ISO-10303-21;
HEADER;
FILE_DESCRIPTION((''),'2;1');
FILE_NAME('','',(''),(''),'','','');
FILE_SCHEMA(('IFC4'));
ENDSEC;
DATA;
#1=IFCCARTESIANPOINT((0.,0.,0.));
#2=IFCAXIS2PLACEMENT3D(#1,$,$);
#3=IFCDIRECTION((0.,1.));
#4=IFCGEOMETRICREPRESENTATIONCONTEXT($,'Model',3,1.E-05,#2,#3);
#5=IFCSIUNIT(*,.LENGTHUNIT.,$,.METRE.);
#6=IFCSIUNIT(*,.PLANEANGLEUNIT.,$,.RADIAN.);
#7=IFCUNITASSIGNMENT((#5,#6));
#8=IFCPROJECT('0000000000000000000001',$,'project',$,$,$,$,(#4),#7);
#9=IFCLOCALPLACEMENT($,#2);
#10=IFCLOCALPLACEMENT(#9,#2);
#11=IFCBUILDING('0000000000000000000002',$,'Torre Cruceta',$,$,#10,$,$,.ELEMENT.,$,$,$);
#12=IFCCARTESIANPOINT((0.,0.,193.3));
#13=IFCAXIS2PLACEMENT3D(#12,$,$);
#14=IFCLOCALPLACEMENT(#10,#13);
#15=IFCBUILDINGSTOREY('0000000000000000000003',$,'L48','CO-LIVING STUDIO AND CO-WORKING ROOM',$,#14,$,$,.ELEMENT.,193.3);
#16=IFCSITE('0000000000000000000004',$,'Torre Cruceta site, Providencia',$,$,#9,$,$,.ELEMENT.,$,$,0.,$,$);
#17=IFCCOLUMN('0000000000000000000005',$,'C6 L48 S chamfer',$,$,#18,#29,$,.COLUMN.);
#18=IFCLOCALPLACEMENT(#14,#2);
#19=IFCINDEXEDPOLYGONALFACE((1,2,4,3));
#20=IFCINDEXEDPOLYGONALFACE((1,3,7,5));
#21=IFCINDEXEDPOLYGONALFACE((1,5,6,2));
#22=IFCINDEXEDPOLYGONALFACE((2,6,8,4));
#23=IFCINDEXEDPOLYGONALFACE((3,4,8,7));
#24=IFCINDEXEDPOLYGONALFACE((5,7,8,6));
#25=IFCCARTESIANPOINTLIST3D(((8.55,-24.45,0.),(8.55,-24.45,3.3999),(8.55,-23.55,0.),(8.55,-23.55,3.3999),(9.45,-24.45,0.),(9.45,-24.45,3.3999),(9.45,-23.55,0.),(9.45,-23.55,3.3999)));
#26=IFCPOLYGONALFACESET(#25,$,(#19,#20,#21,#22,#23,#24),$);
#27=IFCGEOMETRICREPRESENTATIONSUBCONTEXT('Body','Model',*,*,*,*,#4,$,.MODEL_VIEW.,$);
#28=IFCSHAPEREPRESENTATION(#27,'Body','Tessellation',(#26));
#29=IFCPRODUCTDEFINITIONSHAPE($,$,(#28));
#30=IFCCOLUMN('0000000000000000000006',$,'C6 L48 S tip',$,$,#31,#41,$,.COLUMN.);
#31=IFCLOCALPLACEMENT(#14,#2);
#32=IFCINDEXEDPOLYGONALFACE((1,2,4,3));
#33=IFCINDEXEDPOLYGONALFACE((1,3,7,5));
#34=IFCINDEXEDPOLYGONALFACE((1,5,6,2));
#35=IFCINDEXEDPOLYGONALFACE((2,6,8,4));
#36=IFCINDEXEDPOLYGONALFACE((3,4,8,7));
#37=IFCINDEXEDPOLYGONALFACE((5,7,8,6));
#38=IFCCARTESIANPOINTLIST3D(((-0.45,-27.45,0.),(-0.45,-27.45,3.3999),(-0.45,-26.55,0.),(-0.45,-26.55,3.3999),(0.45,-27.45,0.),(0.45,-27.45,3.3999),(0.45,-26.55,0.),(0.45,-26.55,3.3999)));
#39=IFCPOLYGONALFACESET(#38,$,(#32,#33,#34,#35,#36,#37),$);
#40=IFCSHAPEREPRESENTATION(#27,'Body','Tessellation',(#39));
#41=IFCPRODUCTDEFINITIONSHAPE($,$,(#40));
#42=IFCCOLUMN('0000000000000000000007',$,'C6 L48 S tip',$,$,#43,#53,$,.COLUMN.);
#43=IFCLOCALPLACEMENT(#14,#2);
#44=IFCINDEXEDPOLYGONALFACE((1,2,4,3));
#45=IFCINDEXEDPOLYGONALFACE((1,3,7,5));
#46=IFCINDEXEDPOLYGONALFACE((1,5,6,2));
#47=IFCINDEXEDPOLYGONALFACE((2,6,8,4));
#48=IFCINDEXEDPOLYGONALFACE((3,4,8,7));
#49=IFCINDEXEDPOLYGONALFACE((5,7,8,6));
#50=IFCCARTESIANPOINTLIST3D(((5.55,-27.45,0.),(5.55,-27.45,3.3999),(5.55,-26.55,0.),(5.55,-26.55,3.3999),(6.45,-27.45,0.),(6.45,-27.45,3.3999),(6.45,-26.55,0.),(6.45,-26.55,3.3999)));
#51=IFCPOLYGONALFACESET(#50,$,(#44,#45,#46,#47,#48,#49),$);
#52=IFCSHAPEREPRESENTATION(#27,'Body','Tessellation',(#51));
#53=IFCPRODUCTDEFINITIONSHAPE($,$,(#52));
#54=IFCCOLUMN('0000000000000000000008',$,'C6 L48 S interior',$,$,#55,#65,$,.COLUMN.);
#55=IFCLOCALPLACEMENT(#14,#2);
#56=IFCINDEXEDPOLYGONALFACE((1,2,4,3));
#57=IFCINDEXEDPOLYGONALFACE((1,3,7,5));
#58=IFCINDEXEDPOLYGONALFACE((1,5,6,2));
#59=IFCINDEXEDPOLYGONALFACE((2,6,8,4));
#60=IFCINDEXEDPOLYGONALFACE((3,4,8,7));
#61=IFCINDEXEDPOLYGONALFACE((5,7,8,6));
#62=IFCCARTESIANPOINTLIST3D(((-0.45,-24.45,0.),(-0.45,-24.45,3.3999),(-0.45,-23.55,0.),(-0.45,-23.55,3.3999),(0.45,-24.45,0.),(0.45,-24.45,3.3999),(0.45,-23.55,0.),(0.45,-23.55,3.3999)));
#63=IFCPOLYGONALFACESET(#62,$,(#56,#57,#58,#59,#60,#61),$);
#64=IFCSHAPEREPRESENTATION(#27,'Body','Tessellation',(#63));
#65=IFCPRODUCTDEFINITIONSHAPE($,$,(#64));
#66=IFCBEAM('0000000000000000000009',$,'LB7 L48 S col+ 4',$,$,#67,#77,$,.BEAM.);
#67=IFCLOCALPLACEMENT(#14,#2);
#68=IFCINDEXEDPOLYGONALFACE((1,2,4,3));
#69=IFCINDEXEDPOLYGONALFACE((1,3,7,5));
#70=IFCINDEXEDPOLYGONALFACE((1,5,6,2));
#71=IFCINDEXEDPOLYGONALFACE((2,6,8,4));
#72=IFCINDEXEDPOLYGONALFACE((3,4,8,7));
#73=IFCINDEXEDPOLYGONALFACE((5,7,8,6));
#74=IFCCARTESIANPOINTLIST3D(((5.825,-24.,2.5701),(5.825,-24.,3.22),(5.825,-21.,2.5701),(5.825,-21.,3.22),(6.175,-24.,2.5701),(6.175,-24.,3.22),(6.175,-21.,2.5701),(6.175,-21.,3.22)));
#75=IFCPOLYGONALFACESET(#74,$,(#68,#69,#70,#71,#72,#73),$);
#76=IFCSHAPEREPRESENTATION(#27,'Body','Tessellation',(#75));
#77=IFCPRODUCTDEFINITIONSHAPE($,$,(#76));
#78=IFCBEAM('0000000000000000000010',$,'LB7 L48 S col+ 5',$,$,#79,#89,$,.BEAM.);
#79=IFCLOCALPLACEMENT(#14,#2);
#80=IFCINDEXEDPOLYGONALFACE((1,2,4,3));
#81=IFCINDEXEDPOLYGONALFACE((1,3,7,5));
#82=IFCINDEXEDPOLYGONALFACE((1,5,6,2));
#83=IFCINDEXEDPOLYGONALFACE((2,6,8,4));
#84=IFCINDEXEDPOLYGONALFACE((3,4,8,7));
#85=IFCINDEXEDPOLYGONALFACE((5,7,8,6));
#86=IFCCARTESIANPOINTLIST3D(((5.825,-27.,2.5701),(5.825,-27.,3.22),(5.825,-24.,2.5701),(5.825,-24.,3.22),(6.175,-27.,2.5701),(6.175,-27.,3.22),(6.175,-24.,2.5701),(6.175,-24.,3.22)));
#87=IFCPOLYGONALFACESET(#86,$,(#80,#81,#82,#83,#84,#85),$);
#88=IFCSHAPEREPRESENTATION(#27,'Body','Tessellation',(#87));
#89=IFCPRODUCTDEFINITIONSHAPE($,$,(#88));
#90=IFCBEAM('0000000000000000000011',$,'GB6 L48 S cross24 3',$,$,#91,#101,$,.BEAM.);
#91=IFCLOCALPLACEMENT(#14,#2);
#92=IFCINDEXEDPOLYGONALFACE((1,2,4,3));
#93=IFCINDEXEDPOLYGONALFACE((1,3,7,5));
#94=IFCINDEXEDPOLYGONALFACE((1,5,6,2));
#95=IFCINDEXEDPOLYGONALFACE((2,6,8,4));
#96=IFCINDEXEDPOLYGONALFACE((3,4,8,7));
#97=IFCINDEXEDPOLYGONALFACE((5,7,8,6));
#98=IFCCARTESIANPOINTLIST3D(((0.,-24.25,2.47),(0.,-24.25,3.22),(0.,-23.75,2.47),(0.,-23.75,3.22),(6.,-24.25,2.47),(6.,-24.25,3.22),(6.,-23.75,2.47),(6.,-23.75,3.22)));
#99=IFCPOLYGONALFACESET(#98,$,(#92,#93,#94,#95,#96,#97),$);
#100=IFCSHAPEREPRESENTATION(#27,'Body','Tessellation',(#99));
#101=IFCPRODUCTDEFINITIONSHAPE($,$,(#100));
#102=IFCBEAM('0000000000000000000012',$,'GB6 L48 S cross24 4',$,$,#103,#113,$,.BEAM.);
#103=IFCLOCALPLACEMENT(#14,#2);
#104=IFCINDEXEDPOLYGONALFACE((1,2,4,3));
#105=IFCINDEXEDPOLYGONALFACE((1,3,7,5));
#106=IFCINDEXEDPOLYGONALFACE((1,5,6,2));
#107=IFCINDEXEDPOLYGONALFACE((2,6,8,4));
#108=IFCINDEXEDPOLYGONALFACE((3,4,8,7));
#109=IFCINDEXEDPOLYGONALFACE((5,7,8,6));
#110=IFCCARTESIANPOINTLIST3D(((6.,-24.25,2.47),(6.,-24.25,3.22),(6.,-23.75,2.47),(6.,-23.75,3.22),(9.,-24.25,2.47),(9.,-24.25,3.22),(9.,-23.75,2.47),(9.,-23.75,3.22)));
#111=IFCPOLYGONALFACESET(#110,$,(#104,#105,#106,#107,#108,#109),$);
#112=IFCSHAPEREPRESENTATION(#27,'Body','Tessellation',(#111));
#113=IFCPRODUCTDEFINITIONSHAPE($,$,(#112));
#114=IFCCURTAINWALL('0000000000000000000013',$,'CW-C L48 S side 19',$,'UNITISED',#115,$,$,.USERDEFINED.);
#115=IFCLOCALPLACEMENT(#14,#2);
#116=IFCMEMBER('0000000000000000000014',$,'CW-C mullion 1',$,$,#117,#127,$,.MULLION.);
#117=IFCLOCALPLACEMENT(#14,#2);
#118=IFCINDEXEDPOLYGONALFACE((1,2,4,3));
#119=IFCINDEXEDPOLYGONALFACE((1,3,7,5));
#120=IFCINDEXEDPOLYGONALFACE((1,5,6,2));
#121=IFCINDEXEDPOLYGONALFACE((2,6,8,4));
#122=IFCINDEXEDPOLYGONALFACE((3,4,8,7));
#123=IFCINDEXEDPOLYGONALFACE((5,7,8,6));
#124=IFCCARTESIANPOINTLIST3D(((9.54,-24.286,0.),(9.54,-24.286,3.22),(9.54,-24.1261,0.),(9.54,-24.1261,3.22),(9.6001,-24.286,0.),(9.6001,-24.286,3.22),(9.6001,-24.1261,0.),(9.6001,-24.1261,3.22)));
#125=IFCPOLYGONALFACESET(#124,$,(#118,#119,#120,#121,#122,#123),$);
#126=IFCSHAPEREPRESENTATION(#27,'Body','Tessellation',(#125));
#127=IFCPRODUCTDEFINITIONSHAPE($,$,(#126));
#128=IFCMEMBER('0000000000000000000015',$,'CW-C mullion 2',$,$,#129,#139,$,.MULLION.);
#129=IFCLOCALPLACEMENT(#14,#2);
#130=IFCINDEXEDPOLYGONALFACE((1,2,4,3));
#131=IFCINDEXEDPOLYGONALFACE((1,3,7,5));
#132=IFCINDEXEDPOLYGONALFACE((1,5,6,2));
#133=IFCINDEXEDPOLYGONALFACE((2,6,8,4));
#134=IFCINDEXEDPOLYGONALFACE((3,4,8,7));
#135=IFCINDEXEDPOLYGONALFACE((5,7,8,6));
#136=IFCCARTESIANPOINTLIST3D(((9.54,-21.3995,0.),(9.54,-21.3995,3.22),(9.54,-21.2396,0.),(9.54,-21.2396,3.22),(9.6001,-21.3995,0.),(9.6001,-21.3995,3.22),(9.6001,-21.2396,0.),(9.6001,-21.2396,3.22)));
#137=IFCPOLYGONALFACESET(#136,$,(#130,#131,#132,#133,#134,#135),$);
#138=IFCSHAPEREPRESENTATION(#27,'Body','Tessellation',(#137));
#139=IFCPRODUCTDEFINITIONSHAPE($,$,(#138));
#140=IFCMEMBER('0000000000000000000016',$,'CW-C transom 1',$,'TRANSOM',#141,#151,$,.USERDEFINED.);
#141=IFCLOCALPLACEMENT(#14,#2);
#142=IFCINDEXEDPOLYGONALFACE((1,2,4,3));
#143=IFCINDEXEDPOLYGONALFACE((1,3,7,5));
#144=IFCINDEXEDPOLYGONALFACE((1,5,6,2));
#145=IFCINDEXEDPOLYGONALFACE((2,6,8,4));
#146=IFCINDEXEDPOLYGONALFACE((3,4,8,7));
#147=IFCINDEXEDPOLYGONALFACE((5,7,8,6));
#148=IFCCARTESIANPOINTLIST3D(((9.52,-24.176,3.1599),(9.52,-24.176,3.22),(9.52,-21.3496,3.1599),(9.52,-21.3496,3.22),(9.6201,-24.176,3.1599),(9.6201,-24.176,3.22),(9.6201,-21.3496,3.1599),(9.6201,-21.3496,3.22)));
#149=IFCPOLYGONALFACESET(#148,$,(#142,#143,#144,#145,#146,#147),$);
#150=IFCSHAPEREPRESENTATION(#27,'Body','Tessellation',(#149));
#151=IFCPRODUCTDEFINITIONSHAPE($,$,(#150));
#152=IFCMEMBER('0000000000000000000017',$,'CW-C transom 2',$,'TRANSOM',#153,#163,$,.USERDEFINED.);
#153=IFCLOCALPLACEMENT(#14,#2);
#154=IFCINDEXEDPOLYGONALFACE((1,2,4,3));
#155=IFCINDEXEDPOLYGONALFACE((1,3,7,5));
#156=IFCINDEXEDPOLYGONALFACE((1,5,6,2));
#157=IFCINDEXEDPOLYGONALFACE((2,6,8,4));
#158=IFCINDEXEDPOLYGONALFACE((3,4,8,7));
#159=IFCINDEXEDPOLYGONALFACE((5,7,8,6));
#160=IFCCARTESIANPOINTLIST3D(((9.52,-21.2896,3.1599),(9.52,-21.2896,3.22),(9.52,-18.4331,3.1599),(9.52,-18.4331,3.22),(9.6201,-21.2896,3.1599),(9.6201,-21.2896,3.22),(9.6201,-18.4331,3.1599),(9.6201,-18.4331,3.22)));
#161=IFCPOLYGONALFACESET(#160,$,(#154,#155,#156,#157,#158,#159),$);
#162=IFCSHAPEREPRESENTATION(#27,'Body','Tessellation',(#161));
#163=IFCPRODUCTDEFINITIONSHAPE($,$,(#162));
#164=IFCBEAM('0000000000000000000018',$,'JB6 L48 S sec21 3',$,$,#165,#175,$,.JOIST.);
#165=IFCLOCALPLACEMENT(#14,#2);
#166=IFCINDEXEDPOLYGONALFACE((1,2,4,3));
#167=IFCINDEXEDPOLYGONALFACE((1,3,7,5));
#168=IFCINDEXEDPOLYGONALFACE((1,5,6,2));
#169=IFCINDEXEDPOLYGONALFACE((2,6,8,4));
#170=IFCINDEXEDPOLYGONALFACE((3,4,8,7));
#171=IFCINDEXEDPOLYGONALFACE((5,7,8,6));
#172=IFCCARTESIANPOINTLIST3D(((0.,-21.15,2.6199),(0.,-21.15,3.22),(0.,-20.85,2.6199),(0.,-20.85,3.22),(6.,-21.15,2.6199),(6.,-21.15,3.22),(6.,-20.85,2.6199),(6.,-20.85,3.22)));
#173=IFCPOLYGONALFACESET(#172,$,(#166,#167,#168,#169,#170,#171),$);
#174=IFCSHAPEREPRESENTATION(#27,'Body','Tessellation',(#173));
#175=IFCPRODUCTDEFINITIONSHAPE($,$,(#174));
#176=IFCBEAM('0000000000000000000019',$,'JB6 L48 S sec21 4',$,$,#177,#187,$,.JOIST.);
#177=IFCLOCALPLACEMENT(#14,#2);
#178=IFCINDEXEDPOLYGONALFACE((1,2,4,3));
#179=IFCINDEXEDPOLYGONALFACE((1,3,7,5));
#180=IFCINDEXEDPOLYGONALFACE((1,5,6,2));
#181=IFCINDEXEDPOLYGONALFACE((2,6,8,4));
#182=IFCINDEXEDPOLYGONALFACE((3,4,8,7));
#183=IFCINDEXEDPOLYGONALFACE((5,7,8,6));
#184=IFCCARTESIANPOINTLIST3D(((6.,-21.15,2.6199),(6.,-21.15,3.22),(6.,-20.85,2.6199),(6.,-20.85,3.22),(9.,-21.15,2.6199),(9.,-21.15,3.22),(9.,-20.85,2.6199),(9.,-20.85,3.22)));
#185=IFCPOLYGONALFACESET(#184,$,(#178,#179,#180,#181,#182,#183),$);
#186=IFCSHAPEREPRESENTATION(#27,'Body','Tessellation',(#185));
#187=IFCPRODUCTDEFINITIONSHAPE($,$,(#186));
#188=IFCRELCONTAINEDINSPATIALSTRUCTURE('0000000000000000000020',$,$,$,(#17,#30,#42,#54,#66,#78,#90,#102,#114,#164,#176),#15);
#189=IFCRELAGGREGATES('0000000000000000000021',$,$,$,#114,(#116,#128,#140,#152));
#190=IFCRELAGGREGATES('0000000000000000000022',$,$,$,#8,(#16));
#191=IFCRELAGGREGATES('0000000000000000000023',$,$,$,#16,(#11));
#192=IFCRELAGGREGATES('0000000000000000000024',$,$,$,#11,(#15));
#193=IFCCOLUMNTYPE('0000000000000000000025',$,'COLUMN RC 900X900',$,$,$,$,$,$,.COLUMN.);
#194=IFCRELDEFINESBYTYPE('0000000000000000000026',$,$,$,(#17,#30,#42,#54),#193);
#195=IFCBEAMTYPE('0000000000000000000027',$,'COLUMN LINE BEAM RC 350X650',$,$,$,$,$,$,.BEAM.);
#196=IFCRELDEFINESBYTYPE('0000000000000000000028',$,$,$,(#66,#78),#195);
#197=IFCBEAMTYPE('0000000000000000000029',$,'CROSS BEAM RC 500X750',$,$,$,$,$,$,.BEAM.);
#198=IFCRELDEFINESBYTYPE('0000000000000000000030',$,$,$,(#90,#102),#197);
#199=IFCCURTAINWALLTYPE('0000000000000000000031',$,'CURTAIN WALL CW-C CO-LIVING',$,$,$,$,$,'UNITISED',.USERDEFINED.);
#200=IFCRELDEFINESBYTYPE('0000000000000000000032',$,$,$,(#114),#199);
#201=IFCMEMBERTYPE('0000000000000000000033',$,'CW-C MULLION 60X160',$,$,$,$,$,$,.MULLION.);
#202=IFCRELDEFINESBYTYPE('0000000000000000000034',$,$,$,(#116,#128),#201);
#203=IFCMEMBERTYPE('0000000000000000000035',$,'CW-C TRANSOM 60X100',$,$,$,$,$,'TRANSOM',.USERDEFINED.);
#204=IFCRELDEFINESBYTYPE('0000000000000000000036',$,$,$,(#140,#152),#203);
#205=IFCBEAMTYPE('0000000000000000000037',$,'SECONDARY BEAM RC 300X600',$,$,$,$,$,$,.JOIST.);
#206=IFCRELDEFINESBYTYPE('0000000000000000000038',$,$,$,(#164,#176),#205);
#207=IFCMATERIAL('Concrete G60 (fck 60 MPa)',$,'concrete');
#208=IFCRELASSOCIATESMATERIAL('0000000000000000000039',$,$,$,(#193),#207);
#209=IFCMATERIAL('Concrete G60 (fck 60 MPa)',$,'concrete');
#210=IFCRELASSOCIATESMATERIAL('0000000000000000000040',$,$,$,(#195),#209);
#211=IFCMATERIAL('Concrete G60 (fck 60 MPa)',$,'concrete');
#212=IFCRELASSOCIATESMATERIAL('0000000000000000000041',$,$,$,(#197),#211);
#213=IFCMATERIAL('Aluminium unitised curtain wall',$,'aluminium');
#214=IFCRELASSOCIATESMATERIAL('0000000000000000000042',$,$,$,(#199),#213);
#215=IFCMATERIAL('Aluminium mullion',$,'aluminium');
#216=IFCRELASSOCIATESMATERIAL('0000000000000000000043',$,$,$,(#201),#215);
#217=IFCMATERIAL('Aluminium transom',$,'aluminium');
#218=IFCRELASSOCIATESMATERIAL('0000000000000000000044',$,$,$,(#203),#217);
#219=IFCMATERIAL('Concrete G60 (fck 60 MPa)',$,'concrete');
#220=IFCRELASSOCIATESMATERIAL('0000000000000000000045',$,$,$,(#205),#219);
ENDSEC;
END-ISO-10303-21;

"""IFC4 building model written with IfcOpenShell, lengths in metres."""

from ifc_helpers import new_model, si_unit, direction, frame, origin, origin_2d, place, context, subcontext, project, spatial, rectangle, extrude, material, material_profile, profile_set, type_object, element, aggregate, save


model = new_model("IFC4")

# Units and contexts
model_context = context("Model", 3, precision=1e-05, world=origin(), true_north=direction((0.0, 1.0)))
body_context = subcontext(model_context, "Body", "Model", "MODEL_VIEW")
ifc_project = project(units=[si_unit("LENGTHUNIT", "METRE"), si_unit("PLANEANGLEUNIT", "RADIAN")], contexts=[model_context])

# Site, building, storey
site_placement = place(None, origin())
site = spatial("IfcSite", under=ifc_project, at=site_placement, Name="Torre Cruceta site, Providencia", CompositionType="ELEMENT", RefElevation=0.0)
building_placement = place(site_placement, origin())
building = spatial("IfcBuilding", under=site, at=building_placement, Name="Torre Cruceta", CompositionType="ELEMENT")
storey_placement = place(building_placement, frame((0.0, 0.0, 193.3)))
storey = spatial("IfcBuildingStorey", under=building, at=storey_placement, Name="L48", Description="CO-LIVING STUDIO AND CO-WORKING ROOM", CompositionType="ELEMENT", Elevation=193.3)

# Columns
ifc_material_1 = material(Name="Concrete G60 (fck 60 MPa)", Category="concrete")
ifc_material_profile_1 = material_profile(ifc_material_1, rectangle(XDim=0.8999, YDim=0.8999, at=origin_2d()), Name="RC 900X900")
ifc_profile_set_1 = profile_set([ifc_material_profile_1], Name="Concrete G60 (fck 60 MPa)")
column_type = type_object("IfcColumnType", Name="COLUMN RC 900X900", PredefinedType="COLUMN", material=ifc_profile_set_1)
for number, where, z_axis, x_axis, name in (
    (1, (9.0, -24.0, 0.0), (0.0, 0.0, 1.0), (1.0, 0.0, 0.0), "C6 L48 S chamfer"),
    (2, (0.0, -27.0, 0.0), (0.0, 0.0, 1.0), (1.0, 0.0, 0.0), "C6 L48 S tip"),
    (3, (6.0, -27.0, 0.0), (0.0, 0.0, 1.0), (1.0, 0.0, 0.0), "C6 L48 S tip"),
    (4, (0.0, -24.0, 0.0), (0.0, 0.0, 1.0), (1.0, 0.0, 0.0), "C6 L48 S interior"),
):
    element("IfcColumn", number, at=place(storey_placement, frame(where, z_axis=z_axis, x_axis=x_axis)), inside=storey, type_object=column_type, Name=name, PredefinedType="COLUMN", context=body_context, shape_type="SweptSolid", body=[
        extrude(rectangle(XDim=0.8999, YDim=0.8999, at=origin_2d()), origin(), (0.0, 0.0, 1.0), 3.3999),
    ])

# Beams
ifc_material_2 = material(Name="Concrete G60 (fck 60 MPa)", Category="concrete")
ifc_material_profile_2 = material_profile(ifc_material_2, rectangle(XDim=0.3501, YDim=0.6499, at=origin_2d()), Name="RC 350X650")
ifc_profile_set_2 = profile_set([ifc_material_profile_2], Name="Concrete G60 (fck 60 MPa)")
beam_type_1 = type_object("IfcBeamType", Name="COLUMN LINE BEAM RC 350X650", PredefinedType="BEAM", material=ifc_profile_set_2)
for number, where, z_axis, x_axis, name in (
    (5, (6.0, -21.0, 2.895), (0.0, -1.0, 0.0), (1.0, 0.0, 0.0), "LB7 L48 S col+ 4"),
    (6, (6.0, -24.0, 2.895), (0.0, -1.0, 0.0), (1.0, 0.0, 0.0), "LB7 L48 S col+ 5"),
):
    element("IfcBeam", number, at=place(storey_placement, frame(where, z_axis=z_axis, x_axis=x_axis)), inside=storey, type_object=beam_type_1, Name=name, PredefinedType="BEAM", context=body_context, shape_type="SweptSolid", body=[
        extrude(rectangle(XDim=0.3501, YDim=0.6499, at=origin_2d()), origin(), (0.0, 0.0, 1.0), 3.0),
    ])
ifc_material_3 = material(Name="Concrete G60 (fck 60 MPa)", Category="concrete")
ifc_material_profile_3 = material_profile(ifc_material_3, rectangle(XDim=0.5, YDim=0.75, at=origin_2d()), Name="RC 500X750")
ifc_profile_set_3 = profile_set([ifc_material_profile_3], Name="Concrete G60 (fck 60 MPa)")
beam_type_2 = type_object("IfcBeamType", Name="CROSS BEAM RC 500X750", PredefinedType="BEAM", material=ifc_profile_set_3)
beam_1_placement = place(storey_placement, frame((0.0, -24.0, 2.845), z_axis=(1.0, 0.0, 0.0), x_axis=(0.0, 1.0, 0.0)))
element("IfcBeam", 7, at=beam_1_placement, inside=storey, type_object=beam_type_2, Name="GB6 L48 S cross24 3", PredefinedType="BEAM", context=body_context, shape_type="SweptSolid", body=[
    extrude(rectangle(XDim=0.5, YDim=0.75, at=origin_2d()), origin(), (0.0, 0.0, 1.0), 6.0),
])
beam_2_placement = place(storey_placement, frame((6.0, -24.0, 2.845), z_axis=(1.0, 0.0, 0.0), x_axis=(0.0, 1.0, 0.0)))
element("IfcBeam", 8, at=beam_2_placement, inside=storey, type_object=beam_type_2, Name="GB6 L48 S cross24 4", PredefinedType="BEAM", context=body_context, shape_type="SweptSolid", body=[
    extrude(rectangle(XDim=0.5, YDim=0.75, at=origin_2d()), origin(), (0.0, 0.0, 1.0), 3.0),
])

# Curtain wall, members
ifc_material_4 = material(Name="Aluminium unitised curtain wall", Category="aluminium")
curtain_wall_type = type_object("IfcCurtainWallType", Name="CURTAIN WALL CW-C CO-LIVING", ElementType="UNITISED", PredefinedType="USERDEFINED", material=ifc_material_4)
curtain_wall_placement = place(storey_placement, origin())
curtain_wall = element("IfcCurtainWall", 9, at=curtain_wall_placement, inside=storey, type_object=curtain_wall_type, Name="CW-C L48 S side 19", ObjectType="UNITISED", PredefinedType="USERDEFINED")
ifc_material_5 = material(Name="Aluminium mullion", Category="aluminium")
ifc_material_profile_4 = material_profile(ifc_material_5, rectangle(XDim=0.0601, YDim=0.1599, at=origin_2d()), Name="AL 60X160")
ifc_profile_set_4 = profile_set([ifc_material_profile_4], Name="Aluminium mullion")
member_type_1 = type_object("IfcMemberType", Name="CW-C MULLION 60X160", PredefinedType="MULLION", material=ifc_profile_set_4)
member_1_placement = place(storey_placement, frame((9.5701, -24.2061, 0.0), z_axis=(0.0, 0.0, 1.0), x_axis=(-1.0, 0.0, 0.0)))
member_1 = element("IfcMember", 10, at=member_1_placement, type_object=member_type_1, Name="CW-C mullion 1", PredefinedType="MULLION", context=body_context, shape_type="SweptSolid", body=[
    extrude(rectangle(XDim=0.0601, YDim=0.1599, at=origin_2d()), origin(), (0.0, 0.0, 1.0), 3.22),
])
member_2_placement = place(storey_placement, frame((9.5701, -21.3196, 0.0), z_axis=(0.0, 0.0, 1.0), x_axis=(-1.0, 0.0, 0.0)))
member_2 = element("IfcMember", 11, at=member_2_placement, type_object=member_type_1, Name="CW-C mullion 2", PredefinedType="MULLION", context=body_context, shape_type="SweptSolid", body=[
    extrude(rectangle(XDim=0.0601, YDim=0.1599, at=origin_2d()), origin(), (0.0, 0.0, 1.0), 3.22),
])
ifc_material_6 = material(Name="Aluminium transom", Category="aluminium")
ifc_material_profile_5 = material_profile(ifc_material_6, rectangle(XDim=0.1001, YDim=0.0601, at=origin_2d()), Name="AL 100X60")
ifc_profile_set_5 = profile_set([ifc_material_profile_5], Name="Aluminium transom")
member_type_2 = type_object("IfcMemberType", Name="CW-C TRANSOM 60X100", ElementType="TRANSOM", PredefinedType="USERDEFINED", material=ifc_profile_set_5)
member_3_placement = place(storey_placement, frame((9.5701, -24.176, 3.1899), z_axis=(0.0, 1.0, 0.0), x_axis=(-1.0, 0.0, 0.0)))
member_3 = element("IfcMember", 12, at=member_3_placement, type_object=member_type_2, Name="CW-C transom 1", ObjectType="TRANSOM", PredefinedType="USERDEFINED", context=body_context, shape_type="SweptSolid", body=[
    extrude(rectangle(XDim=0.1001, YDim=0.0601, at=origin_2d()), origin(), (0.0, 0.0, 1.0), 2.8264),
])
member_4_placement = place(storey_placement, frame((9.5701, -21.2896, 3.1899), z_axis=(0.0, 1.0, 0.0), x_axis=(-1.0, 0.0, 0.0)))
member_4 = element("IfcMember", 13, at=member_4_placement, type_object=member_type_2, Name="CW-C transom 2", ObjectType="TRANSOM", PredefinedType="USERDEFINED", context=body_context, shape_type="SweptSolid", body=[
    extrude(rectangle(XDim=0.1001, YDim=0.0601, at=origin_2d()), origin(), (0.0, 0.0, 1.0), 2.8564),
])

# Beams
ifc_material_7 = material(Name="Concrete G60 (fck 60 MPa)", Category="concrete")
ifc_material_profile_6 = material_profile(ifc_material_7, rectangle(XDim=0.3, YDim=0.6001, at=origin_2d()), Name="RC 300X600")
ifc_profile_set_6 = profile_set([ifc_material_profile_6], Name="Concrete G60 (fck 60 MPa)")
beam_type_3 = type_object("IfcBeamType", Name="SECONDARY BEAM RC 300X600", PredefinedType="JOIST", material=ifc_profile_set_6)
beam_3_placement = place(storey_placement, frame((0.0, -21.0, 2.9199), z_axis=(1.0, 0.0, 0.0), x_axis=(0.0, 1.0, 0.0)))
element("IfcBeam", 14, at=beam_3_placement, inside=storey, type_object=beam_type_3, Name="JB6 L48 S sec21 3", PredefinedType="JOIST", context=body_context, shape_type="SweptSolid", body=[
    extrude(rectangle(XDim=0.3, YDim=0.6001, at=origin_2d()), origin(), (0.0, 0.0, 1.0), 6.0),
])
beam_4_placement = place(storey_placement, frame((6.0, -21.0, 2.9199), z_axis=(1.0, 0.0, 0.0), x_axis=(0.0, 1.0, 0.0)))
element("IfcBeam", 15, at=beam_4_placement, inside=storey, type_object=beam_type_3, Name="JB6 L48 S sec21 4", PredefinedType="JOIST", context=body_context, shape_type="SweptSolid", body=[
    extrude(rectangle(XDim=0.3, YDim=0.6001, at=origin_2d()), origin(), (0.0, 0.0, 1.0), 3.0),
])

aggregate(curtain_wall, [member_1, member_2, member_3, member_4])

save(model, "model.ifc")
